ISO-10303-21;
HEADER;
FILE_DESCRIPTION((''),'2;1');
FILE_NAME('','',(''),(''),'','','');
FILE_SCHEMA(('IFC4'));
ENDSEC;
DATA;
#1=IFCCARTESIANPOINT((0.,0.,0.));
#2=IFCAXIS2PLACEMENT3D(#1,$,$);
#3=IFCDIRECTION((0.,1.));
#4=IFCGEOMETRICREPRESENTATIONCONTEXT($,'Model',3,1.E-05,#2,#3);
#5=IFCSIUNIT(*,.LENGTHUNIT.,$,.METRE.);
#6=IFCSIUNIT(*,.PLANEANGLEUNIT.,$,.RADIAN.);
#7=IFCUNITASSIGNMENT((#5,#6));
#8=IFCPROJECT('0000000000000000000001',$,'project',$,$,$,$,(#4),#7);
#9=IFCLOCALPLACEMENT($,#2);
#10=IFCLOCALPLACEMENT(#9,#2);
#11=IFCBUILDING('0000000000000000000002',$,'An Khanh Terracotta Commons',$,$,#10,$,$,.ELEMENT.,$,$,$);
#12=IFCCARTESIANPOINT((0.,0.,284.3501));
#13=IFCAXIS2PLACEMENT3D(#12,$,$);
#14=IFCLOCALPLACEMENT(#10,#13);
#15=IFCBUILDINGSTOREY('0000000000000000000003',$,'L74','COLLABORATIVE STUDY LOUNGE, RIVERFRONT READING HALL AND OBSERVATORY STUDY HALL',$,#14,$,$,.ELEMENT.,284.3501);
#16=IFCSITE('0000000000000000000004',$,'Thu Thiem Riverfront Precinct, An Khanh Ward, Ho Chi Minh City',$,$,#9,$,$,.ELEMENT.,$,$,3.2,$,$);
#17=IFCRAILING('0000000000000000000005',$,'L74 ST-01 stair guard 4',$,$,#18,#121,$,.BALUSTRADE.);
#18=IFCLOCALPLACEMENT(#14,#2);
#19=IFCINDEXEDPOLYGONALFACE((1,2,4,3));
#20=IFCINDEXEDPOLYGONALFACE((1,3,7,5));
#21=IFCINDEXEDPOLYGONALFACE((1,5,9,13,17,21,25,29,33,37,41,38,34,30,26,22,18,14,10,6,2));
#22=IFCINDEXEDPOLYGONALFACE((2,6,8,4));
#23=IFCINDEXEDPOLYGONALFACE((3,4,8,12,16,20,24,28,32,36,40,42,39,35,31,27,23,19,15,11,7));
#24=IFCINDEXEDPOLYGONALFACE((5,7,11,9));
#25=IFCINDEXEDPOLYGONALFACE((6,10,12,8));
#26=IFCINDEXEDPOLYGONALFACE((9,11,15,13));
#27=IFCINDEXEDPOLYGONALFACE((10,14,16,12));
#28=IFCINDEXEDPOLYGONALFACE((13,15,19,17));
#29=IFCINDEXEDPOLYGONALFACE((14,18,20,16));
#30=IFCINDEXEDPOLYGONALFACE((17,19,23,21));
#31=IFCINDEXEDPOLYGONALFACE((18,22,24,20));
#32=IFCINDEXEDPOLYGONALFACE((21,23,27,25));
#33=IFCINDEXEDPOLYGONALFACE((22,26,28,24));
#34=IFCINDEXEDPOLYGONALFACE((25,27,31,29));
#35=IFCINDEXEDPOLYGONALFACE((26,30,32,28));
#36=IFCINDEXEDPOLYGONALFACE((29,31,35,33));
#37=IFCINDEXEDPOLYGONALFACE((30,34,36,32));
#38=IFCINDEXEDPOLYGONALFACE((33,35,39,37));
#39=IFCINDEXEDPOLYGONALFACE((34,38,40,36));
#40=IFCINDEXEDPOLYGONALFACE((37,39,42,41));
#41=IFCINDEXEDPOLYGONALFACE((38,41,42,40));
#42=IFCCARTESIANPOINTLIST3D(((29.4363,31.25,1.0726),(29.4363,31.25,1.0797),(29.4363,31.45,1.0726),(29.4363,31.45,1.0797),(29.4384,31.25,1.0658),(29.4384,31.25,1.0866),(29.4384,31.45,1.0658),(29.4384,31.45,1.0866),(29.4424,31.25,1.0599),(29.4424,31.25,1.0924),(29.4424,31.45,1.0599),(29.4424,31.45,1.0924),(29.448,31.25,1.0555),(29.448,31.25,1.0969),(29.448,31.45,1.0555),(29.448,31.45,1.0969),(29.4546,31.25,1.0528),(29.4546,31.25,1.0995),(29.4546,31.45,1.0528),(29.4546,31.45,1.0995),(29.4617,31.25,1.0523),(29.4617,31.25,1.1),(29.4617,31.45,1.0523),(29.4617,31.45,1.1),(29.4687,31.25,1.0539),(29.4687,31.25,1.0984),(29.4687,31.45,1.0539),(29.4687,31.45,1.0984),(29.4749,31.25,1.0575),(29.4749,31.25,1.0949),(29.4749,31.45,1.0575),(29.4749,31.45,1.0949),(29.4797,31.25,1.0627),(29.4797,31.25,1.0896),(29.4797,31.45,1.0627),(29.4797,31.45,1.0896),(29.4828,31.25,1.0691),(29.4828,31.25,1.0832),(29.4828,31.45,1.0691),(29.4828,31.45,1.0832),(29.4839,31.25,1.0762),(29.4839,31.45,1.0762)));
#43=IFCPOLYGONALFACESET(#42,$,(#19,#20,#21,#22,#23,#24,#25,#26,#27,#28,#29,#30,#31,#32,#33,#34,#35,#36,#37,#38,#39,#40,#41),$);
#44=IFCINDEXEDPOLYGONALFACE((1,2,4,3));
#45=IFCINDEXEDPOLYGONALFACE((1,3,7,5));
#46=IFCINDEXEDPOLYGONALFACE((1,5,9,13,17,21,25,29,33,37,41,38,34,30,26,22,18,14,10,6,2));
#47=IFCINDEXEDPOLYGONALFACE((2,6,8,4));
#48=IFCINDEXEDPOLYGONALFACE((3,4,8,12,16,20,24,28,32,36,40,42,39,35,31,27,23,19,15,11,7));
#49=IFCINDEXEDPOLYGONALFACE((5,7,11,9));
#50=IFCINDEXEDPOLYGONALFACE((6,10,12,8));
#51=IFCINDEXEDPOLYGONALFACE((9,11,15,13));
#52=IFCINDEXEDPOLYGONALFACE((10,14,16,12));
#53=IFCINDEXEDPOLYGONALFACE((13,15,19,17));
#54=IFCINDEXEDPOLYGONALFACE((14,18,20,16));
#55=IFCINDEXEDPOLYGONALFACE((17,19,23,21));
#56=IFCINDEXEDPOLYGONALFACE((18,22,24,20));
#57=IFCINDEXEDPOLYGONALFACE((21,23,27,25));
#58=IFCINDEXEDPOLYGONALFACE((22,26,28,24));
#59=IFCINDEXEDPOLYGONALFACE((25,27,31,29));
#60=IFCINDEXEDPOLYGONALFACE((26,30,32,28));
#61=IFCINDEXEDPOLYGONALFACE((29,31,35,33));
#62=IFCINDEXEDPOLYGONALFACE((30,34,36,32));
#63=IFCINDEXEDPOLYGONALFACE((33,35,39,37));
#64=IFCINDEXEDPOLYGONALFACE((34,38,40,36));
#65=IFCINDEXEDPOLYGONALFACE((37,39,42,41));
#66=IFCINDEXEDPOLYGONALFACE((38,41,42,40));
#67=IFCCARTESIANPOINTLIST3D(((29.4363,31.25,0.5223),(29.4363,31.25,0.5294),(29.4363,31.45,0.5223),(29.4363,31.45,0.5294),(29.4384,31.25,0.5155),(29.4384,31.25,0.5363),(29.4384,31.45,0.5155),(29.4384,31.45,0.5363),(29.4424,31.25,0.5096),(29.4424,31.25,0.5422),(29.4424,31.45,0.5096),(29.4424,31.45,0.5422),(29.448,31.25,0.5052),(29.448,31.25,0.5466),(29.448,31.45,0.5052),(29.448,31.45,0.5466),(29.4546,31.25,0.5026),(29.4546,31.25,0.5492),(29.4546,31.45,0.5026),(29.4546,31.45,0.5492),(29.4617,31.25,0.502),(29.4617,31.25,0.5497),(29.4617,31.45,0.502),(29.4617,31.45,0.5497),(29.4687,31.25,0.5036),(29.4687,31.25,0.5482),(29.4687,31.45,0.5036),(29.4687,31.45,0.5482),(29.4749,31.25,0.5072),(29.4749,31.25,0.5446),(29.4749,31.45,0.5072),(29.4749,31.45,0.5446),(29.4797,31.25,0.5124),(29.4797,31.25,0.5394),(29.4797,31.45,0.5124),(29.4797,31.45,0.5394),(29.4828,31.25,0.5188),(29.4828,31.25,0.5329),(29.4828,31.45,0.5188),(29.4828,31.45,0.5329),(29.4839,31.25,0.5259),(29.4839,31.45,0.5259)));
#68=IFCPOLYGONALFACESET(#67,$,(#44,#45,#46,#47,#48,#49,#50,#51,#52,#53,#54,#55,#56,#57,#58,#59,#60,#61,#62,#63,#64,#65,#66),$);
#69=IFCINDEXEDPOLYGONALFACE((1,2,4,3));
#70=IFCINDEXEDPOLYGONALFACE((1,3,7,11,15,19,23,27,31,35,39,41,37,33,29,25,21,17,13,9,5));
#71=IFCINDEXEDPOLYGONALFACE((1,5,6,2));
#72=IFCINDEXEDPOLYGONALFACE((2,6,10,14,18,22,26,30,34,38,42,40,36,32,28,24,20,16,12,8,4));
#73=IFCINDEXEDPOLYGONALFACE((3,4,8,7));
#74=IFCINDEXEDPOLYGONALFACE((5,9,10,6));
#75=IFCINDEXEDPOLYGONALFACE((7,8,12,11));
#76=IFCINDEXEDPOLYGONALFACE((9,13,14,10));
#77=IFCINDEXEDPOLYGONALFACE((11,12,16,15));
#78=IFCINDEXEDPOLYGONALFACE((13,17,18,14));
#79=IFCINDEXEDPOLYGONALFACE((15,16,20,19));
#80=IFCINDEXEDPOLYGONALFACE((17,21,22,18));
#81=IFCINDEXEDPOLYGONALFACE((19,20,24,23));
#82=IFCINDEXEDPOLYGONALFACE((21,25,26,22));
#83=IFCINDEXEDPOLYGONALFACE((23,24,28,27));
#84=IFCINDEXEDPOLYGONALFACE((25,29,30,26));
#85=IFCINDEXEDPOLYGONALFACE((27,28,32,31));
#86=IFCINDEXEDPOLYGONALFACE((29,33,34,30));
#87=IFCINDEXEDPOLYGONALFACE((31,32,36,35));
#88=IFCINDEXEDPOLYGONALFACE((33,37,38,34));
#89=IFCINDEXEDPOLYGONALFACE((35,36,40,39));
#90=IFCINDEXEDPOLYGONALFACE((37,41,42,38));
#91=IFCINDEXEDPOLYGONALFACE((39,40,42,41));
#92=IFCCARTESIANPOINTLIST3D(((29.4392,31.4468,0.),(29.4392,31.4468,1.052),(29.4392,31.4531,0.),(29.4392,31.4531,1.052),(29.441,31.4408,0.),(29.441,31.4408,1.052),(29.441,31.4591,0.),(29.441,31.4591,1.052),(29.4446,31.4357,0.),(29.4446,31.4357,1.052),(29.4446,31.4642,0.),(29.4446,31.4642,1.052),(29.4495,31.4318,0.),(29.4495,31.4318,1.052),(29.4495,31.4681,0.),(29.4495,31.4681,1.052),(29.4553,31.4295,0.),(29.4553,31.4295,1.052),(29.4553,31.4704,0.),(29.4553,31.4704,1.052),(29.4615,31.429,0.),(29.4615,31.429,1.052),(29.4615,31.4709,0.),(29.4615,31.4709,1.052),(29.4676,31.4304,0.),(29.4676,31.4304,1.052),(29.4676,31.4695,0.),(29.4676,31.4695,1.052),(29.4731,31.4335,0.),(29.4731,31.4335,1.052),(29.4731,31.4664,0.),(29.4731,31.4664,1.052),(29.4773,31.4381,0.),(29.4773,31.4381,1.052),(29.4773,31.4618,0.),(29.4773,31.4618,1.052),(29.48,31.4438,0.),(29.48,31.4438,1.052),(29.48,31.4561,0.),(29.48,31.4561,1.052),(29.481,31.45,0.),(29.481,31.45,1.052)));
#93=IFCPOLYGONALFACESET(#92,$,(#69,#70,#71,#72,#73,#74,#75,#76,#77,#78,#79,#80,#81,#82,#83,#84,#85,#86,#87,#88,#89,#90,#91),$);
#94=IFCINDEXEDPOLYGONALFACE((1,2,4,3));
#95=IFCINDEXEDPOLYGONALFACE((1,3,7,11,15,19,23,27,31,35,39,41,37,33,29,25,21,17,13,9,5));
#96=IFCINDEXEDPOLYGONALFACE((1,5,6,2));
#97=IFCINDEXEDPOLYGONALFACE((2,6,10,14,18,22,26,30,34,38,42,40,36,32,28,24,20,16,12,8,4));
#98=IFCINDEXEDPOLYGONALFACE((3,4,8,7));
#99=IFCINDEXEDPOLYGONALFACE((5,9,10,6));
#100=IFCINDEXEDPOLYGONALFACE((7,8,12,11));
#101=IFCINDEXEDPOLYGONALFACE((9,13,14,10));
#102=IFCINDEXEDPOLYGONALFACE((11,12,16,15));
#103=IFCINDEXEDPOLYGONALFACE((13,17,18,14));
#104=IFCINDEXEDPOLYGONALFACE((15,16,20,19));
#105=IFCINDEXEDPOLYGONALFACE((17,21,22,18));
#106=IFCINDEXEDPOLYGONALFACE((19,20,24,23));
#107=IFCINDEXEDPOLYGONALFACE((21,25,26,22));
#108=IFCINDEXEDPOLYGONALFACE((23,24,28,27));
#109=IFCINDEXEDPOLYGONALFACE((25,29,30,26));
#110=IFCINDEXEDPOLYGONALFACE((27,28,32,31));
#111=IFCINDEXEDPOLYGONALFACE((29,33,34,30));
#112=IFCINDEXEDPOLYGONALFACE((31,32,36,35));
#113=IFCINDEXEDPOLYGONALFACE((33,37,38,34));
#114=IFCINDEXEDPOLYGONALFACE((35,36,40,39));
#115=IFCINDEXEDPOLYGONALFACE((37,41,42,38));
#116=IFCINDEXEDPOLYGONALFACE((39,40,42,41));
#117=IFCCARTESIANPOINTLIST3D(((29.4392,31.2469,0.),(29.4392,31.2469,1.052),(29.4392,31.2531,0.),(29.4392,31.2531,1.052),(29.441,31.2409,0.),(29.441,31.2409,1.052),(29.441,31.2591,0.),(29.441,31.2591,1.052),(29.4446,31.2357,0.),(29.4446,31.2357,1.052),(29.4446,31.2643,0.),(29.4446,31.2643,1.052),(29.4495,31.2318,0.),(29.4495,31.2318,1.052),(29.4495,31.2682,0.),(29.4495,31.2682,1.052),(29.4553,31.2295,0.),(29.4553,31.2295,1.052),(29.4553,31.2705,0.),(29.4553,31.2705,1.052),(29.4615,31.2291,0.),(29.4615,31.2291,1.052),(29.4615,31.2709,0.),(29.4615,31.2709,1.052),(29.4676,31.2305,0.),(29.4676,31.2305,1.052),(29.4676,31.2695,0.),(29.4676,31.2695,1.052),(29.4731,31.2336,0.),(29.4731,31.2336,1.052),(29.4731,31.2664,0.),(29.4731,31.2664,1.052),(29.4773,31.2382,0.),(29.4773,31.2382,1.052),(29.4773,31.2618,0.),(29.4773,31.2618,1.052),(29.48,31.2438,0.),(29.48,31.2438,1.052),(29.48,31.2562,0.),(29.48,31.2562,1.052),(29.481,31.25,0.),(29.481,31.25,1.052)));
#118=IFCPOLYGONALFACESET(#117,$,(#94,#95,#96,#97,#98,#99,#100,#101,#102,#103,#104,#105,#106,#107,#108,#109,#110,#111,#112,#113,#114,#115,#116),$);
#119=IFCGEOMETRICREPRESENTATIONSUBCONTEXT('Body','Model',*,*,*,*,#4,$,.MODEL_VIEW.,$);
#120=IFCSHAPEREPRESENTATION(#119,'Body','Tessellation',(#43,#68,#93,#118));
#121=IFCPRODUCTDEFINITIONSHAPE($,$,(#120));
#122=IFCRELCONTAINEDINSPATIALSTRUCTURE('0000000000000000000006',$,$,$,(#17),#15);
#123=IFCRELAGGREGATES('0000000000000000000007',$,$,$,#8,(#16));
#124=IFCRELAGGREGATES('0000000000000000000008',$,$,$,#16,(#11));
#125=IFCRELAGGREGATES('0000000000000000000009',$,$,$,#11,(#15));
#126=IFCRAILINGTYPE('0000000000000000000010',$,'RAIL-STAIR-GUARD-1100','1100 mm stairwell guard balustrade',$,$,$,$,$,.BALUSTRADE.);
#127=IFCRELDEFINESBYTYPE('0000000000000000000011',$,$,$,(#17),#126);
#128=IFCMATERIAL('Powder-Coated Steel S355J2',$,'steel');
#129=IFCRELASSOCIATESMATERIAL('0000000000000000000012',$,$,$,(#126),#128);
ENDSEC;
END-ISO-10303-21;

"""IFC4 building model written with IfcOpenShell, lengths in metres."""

from ifc_helpers import new_model, si_unit, direction, frame, origin, origin_2d, place, context, subcontext, project, spatial, circle, extrude, material, type_object, element, save


model = new_model("IFC4")

# Units and contexts
model_context = context("Model", 3, precision=1e-05, world=origin(), true_north=direction((0.0, 1.0)))
body_context = subcontext(model_context, "Body", "Model", "MODEL_VIEW")
ifc_project = project(units=[si_unit("LENGTHUNIT", "METRE"), si_unit("PLANEANGLEUNIT", "RADIAN")], contexts=[model_context])

# Site, building, storey
site_placement = place(None, origin())
site = spatial("IfcSite", under=ifc_project, at=site_placement, Name="Thu Thiem Riverfront Precinct, An Khanh Ward, Ho Chi Minh City", CompositionType="ELEMENT", RefElevation=3.2)
building_placement = place(site_placement, origin())
building = spatial("IfcBuilding", under=site, at=building_placement, Name="An Khanh Terracotta Commons", CompositionType="ELEMENT")
storey_placement = place(building_placement, frame((0.0, 0.0, 284.3501)))
storey = spatial("IfcBuildingStorey", under=building, at=storey_placement, Name="L74", Description="COLLABORATIVE STUDY LOUNGE, RIVERFRONT READING HALL AND OBSERVATORY STUDY HALL", CompositionType="ELEMENT", Elevation=284.3501)

# Railing
ifc_material_1 = material(Name="Powder-Coated Steel S355J2", Category="steel")
railing_type_1 = type_object("IfcRailingType", Name="RAIL-STAIR-GUARD-1100", Description="1100 mm stairwell guard balustrade", PredefinedType="BALUSTRADE", material=ifc_material_1)
railing_1_placement = place(storey_placement, frame((29.46, 31.45, 0.0)))
element("IfcRailing", 1, at=railing_1_placement, inside=storey, type_object=railing_type_1, Name="L74 ST-01 stair guard 4", PredefinedType="BALUSTRADE", context=body_context, shape_type="SweptSolid", body=[
    extrude(circle(Radius=0.0239, at=origin_2d()), frame((0.0, 0.0, 1.0762), z_axis=(0.0, -1.0, 0.0), x_axis=(1.0, 0.0, 0.0)), (0.0, 0.0, 1.0), 0.2),
    extrude(circle(Radius=0.0239, at=origin_2d()), frame((0.0, 0.0, 0.5259), z_axis=(0.0, -1.0, 0.0), x_axis=(1.0, 0.0, 0.0)), (0.0, 0.0, 1.0), 0.2),
    extrude(circle(Radius=0.021, at=origin_2d()), origin(), (0.0, 0.0, 1.0), 1.052),
    extrude(circle(Radius=0.021, at=origin_2d()), frame((0.0, -0.2, 0.0)), (0.0, 0.0, 1.0), 1.052),
])

save(model, "model.ifc")
